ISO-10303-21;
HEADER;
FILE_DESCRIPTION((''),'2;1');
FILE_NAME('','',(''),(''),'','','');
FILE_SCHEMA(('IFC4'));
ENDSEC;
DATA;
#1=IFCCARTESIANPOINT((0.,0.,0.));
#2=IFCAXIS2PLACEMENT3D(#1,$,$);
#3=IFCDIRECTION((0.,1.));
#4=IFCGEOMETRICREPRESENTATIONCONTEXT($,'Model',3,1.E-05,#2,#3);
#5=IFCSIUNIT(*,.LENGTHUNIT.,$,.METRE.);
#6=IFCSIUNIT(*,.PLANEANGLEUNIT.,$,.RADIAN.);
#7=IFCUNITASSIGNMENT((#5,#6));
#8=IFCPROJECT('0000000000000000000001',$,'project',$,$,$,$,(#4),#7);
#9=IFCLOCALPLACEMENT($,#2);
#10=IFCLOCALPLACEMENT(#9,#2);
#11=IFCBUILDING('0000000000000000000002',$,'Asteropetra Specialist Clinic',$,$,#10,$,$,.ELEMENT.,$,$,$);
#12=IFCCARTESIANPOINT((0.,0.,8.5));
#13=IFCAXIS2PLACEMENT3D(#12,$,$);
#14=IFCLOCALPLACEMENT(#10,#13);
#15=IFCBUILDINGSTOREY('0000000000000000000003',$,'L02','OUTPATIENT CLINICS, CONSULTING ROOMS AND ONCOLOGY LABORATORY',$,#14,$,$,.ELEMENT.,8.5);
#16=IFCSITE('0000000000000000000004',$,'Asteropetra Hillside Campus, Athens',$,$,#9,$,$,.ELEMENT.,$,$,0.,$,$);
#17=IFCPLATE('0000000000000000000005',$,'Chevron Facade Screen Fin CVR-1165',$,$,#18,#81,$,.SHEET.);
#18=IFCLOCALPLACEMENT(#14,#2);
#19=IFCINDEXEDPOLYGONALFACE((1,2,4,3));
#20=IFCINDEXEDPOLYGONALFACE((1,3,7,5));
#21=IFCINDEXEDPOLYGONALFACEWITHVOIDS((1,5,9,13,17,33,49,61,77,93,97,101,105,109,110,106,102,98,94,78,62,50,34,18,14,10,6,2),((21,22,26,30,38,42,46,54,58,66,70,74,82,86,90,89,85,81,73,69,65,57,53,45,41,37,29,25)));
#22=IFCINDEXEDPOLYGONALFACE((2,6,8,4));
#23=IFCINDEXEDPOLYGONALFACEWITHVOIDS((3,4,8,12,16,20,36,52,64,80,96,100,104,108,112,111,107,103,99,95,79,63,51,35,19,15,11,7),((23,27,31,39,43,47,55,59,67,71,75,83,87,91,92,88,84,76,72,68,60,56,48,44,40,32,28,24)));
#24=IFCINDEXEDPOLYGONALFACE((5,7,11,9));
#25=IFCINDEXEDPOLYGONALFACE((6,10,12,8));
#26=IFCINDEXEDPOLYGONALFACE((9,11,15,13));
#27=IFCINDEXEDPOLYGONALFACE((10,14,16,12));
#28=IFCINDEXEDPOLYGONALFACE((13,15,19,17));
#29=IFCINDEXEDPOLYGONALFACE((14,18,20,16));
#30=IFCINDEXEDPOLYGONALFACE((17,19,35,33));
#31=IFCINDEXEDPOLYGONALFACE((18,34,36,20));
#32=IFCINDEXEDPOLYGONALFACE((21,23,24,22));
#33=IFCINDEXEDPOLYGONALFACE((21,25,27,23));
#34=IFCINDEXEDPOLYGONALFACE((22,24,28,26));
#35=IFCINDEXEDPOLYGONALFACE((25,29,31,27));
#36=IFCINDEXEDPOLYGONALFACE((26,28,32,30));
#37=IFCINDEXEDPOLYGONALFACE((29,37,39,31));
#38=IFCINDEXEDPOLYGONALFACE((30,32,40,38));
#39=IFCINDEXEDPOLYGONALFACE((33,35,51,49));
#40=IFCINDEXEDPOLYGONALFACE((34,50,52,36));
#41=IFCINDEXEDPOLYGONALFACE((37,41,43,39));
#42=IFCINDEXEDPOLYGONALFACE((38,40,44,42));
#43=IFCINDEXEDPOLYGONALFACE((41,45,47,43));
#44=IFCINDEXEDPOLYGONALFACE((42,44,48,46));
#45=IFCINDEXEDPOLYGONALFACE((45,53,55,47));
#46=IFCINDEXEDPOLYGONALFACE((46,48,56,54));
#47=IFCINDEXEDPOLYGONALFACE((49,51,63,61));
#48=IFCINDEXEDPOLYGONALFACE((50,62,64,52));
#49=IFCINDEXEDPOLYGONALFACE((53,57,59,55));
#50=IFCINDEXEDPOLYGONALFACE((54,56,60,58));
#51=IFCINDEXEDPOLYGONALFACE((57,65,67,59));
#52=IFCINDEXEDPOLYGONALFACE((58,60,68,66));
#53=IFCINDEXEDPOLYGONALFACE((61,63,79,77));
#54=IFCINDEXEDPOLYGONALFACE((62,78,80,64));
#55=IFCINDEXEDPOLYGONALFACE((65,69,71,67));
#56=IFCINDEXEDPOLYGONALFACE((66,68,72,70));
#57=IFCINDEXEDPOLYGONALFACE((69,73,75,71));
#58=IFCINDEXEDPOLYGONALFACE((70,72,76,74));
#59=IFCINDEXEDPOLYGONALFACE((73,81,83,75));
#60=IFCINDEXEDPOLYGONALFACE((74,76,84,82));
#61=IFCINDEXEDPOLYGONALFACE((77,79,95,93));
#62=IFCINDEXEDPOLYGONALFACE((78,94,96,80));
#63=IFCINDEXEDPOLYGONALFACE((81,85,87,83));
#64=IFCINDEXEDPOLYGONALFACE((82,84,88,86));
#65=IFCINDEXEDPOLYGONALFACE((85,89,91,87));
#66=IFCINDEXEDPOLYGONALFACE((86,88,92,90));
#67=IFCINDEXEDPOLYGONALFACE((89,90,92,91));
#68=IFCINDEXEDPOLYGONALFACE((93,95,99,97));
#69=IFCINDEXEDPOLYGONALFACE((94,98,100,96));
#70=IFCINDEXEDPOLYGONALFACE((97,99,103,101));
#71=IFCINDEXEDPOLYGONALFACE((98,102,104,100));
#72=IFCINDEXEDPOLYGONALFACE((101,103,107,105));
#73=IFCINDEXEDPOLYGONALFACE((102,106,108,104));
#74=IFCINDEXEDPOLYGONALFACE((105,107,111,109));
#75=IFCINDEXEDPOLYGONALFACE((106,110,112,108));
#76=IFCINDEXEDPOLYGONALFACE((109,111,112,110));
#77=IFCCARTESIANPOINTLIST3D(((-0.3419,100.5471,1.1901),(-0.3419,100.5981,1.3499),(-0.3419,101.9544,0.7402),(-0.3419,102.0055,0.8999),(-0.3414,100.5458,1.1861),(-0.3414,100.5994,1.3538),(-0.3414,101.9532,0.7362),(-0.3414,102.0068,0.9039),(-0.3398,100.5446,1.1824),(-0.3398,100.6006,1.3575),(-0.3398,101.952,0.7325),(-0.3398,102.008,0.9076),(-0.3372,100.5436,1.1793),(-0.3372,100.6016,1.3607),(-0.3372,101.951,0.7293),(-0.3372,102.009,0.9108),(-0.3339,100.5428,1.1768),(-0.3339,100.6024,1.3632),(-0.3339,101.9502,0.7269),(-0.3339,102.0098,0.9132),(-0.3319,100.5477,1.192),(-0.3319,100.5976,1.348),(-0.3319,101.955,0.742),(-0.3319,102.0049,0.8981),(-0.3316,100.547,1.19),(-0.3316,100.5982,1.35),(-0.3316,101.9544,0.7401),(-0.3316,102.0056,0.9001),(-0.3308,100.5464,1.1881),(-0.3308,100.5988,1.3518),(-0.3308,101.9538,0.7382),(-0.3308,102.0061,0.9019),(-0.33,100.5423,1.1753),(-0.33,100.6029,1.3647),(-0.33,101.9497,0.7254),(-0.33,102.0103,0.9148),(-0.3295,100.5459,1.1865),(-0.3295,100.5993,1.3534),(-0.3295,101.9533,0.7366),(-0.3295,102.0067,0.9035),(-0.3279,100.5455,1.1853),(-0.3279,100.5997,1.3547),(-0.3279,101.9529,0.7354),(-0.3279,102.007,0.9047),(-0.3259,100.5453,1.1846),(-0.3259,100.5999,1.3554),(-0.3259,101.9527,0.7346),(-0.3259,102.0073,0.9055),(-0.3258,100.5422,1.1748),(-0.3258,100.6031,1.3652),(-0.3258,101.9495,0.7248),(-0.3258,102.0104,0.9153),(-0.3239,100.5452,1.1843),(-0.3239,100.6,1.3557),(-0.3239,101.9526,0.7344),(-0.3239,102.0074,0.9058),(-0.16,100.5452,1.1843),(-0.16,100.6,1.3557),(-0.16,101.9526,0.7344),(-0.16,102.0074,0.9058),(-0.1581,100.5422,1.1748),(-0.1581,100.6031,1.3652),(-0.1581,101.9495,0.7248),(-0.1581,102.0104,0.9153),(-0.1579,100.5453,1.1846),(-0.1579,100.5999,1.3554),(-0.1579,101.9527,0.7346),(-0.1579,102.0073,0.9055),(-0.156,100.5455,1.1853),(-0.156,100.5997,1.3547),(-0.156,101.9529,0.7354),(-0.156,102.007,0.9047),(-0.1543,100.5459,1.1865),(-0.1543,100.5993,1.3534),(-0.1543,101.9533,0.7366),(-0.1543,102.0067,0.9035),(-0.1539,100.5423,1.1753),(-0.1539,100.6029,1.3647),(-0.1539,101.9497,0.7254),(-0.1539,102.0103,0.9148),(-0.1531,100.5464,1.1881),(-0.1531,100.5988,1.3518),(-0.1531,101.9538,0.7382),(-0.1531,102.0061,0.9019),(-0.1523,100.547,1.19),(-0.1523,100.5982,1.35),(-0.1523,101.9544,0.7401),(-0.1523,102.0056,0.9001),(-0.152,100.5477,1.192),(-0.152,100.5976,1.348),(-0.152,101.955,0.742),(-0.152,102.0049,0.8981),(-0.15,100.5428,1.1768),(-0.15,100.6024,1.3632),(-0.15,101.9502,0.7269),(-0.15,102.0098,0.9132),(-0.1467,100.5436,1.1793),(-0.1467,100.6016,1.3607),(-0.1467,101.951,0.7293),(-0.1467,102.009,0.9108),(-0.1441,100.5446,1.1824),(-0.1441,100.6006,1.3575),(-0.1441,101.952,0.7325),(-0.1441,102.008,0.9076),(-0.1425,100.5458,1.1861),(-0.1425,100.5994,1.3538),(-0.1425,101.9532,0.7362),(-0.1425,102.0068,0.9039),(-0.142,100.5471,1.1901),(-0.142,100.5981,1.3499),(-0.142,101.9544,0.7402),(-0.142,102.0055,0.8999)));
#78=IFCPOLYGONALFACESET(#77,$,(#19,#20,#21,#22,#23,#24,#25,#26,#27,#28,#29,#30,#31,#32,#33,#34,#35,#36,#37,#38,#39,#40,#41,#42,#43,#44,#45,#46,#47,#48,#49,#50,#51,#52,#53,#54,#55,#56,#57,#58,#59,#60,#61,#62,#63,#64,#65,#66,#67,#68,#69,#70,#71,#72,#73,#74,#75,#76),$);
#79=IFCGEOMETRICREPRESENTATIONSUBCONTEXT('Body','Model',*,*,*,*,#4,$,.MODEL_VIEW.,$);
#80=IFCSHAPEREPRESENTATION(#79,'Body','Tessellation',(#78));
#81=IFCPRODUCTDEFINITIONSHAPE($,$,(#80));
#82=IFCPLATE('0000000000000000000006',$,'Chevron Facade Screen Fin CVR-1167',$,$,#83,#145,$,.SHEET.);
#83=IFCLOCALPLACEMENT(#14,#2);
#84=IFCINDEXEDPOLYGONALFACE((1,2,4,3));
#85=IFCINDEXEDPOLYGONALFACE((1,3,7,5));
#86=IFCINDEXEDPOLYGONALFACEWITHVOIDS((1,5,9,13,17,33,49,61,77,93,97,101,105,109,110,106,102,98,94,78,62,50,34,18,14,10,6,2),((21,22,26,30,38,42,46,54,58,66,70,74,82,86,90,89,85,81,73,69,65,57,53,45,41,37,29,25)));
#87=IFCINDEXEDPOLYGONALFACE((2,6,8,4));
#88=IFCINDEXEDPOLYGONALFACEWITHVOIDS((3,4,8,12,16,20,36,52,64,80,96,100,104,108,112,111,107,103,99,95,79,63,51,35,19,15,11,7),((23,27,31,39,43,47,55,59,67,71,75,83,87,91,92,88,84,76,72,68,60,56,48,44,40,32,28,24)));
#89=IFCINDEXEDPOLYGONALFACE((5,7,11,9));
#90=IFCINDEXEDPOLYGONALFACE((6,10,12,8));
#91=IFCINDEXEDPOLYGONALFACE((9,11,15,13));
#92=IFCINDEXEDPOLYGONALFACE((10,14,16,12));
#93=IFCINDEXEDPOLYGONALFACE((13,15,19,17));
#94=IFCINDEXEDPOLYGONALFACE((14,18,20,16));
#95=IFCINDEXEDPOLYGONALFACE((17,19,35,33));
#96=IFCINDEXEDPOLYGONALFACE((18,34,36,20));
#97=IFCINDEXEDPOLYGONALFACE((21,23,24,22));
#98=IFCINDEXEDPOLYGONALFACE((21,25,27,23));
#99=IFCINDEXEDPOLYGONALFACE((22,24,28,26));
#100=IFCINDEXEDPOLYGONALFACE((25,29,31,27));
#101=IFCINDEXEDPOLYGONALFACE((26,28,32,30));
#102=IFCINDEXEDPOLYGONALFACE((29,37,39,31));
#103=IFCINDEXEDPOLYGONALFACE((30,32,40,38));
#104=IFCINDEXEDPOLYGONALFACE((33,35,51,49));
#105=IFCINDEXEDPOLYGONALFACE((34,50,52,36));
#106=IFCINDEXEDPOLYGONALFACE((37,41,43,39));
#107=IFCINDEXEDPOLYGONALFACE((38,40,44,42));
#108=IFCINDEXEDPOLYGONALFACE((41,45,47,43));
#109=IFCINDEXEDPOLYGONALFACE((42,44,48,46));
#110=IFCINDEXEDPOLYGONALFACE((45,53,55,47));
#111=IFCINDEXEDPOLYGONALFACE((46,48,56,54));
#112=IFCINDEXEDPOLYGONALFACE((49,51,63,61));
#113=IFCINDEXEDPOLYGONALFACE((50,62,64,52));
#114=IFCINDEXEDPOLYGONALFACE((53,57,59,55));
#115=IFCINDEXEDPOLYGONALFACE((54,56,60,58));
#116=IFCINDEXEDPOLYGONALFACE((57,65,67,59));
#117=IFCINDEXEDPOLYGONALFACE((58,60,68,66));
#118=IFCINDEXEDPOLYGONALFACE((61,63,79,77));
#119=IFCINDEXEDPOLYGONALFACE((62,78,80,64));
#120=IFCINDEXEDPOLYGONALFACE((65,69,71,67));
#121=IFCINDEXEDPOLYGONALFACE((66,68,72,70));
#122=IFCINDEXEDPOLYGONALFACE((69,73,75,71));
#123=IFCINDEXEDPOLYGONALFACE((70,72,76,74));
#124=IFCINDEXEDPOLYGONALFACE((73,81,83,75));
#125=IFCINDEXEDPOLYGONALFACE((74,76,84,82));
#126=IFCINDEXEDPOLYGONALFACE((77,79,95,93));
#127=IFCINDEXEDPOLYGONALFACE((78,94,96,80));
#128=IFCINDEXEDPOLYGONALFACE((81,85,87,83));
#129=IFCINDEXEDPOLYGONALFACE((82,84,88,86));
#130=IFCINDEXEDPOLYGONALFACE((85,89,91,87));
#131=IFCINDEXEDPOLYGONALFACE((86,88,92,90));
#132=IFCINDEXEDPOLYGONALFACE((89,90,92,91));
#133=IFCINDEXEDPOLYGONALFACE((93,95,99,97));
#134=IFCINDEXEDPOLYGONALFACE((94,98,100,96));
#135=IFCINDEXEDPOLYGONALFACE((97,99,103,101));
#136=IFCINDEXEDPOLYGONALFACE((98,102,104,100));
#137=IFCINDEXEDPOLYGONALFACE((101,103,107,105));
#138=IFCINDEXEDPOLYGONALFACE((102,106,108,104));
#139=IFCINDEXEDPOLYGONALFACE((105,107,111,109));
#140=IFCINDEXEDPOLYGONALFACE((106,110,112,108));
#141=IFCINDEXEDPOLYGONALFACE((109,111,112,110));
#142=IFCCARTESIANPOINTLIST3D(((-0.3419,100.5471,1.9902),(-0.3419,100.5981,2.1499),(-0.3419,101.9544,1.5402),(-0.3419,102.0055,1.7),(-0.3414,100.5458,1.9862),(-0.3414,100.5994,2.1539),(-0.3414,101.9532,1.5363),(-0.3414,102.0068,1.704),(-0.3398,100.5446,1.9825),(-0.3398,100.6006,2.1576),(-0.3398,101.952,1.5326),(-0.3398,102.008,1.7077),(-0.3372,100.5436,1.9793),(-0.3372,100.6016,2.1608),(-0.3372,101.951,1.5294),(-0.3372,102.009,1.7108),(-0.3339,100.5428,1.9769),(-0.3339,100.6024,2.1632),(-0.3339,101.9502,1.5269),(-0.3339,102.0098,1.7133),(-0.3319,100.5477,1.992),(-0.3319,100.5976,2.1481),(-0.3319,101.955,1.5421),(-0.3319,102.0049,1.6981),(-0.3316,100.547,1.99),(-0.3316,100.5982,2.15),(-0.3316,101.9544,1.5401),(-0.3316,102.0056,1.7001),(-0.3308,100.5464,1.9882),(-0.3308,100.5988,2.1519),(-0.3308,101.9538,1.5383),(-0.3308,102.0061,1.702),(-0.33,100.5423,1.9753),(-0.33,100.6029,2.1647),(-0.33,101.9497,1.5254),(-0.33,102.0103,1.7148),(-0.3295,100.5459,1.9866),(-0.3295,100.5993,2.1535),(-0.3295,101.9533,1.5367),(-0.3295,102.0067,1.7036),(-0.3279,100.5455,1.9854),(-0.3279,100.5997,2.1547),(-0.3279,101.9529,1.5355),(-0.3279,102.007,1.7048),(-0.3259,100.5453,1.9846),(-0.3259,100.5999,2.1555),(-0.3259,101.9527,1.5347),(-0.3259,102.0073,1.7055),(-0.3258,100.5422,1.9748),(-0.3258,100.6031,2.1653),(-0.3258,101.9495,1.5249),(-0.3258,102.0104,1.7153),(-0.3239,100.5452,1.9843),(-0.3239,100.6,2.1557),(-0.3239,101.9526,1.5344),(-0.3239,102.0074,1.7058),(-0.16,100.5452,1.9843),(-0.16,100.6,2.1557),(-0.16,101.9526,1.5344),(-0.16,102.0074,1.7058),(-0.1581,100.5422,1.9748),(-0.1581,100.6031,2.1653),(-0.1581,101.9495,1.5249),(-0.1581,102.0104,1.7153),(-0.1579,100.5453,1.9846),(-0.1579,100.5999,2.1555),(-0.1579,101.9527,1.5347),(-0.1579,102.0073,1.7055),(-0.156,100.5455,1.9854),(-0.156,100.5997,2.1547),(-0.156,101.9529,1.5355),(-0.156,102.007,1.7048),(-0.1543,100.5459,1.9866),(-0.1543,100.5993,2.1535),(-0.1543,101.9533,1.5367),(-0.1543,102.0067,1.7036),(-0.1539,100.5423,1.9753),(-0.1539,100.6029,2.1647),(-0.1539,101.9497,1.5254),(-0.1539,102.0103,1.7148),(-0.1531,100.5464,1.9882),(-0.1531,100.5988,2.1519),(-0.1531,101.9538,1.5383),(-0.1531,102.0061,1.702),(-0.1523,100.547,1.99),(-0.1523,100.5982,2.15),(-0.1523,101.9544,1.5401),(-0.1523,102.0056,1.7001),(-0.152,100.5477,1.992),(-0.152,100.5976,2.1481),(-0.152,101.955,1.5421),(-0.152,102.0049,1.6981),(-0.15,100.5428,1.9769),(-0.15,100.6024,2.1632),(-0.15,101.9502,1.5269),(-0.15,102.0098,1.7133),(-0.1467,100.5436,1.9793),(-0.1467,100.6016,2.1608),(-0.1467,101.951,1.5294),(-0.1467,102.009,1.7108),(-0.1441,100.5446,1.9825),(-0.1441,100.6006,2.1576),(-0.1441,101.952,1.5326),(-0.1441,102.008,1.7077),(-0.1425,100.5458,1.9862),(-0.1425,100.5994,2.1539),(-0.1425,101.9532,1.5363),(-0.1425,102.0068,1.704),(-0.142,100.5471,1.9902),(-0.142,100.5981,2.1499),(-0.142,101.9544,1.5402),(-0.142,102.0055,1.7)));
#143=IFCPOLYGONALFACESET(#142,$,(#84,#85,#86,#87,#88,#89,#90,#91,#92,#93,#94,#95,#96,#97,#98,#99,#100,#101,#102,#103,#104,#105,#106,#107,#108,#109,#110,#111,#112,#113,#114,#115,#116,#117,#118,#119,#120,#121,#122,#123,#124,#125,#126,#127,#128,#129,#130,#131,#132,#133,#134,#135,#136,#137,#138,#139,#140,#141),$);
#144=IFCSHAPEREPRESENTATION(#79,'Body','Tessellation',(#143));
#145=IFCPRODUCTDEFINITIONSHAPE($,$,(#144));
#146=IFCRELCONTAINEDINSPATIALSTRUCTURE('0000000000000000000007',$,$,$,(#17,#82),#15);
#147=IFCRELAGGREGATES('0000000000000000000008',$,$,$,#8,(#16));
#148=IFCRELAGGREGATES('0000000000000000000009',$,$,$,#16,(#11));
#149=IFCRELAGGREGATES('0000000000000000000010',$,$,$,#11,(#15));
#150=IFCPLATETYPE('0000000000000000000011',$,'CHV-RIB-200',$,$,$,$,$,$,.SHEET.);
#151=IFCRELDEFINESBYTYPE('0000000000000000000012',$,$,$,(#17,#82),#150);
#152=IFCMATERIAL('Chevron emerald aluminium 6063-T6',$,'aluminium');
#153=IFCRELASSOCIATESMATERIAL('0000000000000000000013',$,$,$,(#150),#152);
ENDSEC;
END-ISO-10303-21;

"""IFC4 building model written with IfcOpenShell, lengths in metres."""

from ifc_helpers import new_model, si_unit, direction, frame, origin, origin_2d, place, context, subcontext, project, spatial, hollow_rectangle, extrude, material, material_profile, profile_set, type_object, element, save


model = new_model("IFC4")

# Units and contexts
model_context = context("Model", 3, precision=1e-05, world=origin(), true_north=direction((0.0, 1.0)))
body_context = subcontext(model_context, "Body", "Model", "MODEL_VIEW")
ifc_project = project(units=[si_unit("LENGTHUNIT", "METRE"), si_unit("PLANEANGLEUNIT", "RADIAN")], contexts=[model_context])

# Site, building, storey
site_placement = place(None, origin())
site = spatial("IfcSite", under=ifc_project, at=site_placement, Name="Asteropetra Hillside Campus, Athens", CompositionType="ELEMENT", RefElevation=0.0)
building_placement = place(site_placement, origin())
building = spatial("IfcBuilding", under=site, at=building_placement, Name="Asteropetra Specialist Clinic", CompositionType="ELEMENT")
storey_placement = place(building_placement, frame((0.0, 0.0, 8.5)))
storey = spatial("IfcBuildingStorey", under=building, at=storey_placement, Name="L02", Description="OUTPATIENT CLINICS, CONSULTING ROOMS AND ONCOLOGY LABORATORY", CompositionType="ELEMENT", Elevation=8.5)

# Plates
ifc_material_1 = material(Name="Chevron emerald aluminium 6063-T6", Category="aluminium")
ifc_material_profile = material_profile(ifc_material_1, hollow_rectangle(XDim=0.2, YDim=0.2, WallThickness=0.01, InnerFilletRadius=0.0081, OuterFilletRadius=0.0161, at=origin_2d()), Name="SHS 200x200x10.0")
ifc_profile_set = profile_set([ifc_material_profile], Name="Chevron emerald aluminium 6063-T6")
plate_type_1 = type_object("IfcPlateType", Name="CHV-RIB-200", PredefinedType="SHEET", material=ifc_profile_set)
for number, where, z_axis, x_axis, name in (
    (1, (-0.2419, 101.98, 0.8201), (0.0, -0.95251, 0.304506), (1.0, 0.0, 0.0), "Chevron Facade Screen Fin CVR-1165"),
    (2, (-0.2419, 101.98, 1.6201), (0.0, -0.95251, 0.304506), (1.0, 0.0, 0.0), "Chevron Facade Screen Fin CVR-1167"),
):
    element("IfcPlate", number, at=place(storey_placement, frame(where, z_axis=z_axis, x_axis=x_axis)), inside=storey, type_object=plate_type_1, Name=name, PredefinedType="SHEET", context=body_context, shape_type="SweptSolid", body=[
        extrude(hollow_rectangle(XDim=0.2, YDim=0.2, WallThickness=0.01, InnerFilletRadius=0.0081, OuterFilletRadius=0.0161, at=origin_2d()), origin(), (0.0, 0.0, 1.0), 1.4775),
    ])

save(model, "model.ifc")
